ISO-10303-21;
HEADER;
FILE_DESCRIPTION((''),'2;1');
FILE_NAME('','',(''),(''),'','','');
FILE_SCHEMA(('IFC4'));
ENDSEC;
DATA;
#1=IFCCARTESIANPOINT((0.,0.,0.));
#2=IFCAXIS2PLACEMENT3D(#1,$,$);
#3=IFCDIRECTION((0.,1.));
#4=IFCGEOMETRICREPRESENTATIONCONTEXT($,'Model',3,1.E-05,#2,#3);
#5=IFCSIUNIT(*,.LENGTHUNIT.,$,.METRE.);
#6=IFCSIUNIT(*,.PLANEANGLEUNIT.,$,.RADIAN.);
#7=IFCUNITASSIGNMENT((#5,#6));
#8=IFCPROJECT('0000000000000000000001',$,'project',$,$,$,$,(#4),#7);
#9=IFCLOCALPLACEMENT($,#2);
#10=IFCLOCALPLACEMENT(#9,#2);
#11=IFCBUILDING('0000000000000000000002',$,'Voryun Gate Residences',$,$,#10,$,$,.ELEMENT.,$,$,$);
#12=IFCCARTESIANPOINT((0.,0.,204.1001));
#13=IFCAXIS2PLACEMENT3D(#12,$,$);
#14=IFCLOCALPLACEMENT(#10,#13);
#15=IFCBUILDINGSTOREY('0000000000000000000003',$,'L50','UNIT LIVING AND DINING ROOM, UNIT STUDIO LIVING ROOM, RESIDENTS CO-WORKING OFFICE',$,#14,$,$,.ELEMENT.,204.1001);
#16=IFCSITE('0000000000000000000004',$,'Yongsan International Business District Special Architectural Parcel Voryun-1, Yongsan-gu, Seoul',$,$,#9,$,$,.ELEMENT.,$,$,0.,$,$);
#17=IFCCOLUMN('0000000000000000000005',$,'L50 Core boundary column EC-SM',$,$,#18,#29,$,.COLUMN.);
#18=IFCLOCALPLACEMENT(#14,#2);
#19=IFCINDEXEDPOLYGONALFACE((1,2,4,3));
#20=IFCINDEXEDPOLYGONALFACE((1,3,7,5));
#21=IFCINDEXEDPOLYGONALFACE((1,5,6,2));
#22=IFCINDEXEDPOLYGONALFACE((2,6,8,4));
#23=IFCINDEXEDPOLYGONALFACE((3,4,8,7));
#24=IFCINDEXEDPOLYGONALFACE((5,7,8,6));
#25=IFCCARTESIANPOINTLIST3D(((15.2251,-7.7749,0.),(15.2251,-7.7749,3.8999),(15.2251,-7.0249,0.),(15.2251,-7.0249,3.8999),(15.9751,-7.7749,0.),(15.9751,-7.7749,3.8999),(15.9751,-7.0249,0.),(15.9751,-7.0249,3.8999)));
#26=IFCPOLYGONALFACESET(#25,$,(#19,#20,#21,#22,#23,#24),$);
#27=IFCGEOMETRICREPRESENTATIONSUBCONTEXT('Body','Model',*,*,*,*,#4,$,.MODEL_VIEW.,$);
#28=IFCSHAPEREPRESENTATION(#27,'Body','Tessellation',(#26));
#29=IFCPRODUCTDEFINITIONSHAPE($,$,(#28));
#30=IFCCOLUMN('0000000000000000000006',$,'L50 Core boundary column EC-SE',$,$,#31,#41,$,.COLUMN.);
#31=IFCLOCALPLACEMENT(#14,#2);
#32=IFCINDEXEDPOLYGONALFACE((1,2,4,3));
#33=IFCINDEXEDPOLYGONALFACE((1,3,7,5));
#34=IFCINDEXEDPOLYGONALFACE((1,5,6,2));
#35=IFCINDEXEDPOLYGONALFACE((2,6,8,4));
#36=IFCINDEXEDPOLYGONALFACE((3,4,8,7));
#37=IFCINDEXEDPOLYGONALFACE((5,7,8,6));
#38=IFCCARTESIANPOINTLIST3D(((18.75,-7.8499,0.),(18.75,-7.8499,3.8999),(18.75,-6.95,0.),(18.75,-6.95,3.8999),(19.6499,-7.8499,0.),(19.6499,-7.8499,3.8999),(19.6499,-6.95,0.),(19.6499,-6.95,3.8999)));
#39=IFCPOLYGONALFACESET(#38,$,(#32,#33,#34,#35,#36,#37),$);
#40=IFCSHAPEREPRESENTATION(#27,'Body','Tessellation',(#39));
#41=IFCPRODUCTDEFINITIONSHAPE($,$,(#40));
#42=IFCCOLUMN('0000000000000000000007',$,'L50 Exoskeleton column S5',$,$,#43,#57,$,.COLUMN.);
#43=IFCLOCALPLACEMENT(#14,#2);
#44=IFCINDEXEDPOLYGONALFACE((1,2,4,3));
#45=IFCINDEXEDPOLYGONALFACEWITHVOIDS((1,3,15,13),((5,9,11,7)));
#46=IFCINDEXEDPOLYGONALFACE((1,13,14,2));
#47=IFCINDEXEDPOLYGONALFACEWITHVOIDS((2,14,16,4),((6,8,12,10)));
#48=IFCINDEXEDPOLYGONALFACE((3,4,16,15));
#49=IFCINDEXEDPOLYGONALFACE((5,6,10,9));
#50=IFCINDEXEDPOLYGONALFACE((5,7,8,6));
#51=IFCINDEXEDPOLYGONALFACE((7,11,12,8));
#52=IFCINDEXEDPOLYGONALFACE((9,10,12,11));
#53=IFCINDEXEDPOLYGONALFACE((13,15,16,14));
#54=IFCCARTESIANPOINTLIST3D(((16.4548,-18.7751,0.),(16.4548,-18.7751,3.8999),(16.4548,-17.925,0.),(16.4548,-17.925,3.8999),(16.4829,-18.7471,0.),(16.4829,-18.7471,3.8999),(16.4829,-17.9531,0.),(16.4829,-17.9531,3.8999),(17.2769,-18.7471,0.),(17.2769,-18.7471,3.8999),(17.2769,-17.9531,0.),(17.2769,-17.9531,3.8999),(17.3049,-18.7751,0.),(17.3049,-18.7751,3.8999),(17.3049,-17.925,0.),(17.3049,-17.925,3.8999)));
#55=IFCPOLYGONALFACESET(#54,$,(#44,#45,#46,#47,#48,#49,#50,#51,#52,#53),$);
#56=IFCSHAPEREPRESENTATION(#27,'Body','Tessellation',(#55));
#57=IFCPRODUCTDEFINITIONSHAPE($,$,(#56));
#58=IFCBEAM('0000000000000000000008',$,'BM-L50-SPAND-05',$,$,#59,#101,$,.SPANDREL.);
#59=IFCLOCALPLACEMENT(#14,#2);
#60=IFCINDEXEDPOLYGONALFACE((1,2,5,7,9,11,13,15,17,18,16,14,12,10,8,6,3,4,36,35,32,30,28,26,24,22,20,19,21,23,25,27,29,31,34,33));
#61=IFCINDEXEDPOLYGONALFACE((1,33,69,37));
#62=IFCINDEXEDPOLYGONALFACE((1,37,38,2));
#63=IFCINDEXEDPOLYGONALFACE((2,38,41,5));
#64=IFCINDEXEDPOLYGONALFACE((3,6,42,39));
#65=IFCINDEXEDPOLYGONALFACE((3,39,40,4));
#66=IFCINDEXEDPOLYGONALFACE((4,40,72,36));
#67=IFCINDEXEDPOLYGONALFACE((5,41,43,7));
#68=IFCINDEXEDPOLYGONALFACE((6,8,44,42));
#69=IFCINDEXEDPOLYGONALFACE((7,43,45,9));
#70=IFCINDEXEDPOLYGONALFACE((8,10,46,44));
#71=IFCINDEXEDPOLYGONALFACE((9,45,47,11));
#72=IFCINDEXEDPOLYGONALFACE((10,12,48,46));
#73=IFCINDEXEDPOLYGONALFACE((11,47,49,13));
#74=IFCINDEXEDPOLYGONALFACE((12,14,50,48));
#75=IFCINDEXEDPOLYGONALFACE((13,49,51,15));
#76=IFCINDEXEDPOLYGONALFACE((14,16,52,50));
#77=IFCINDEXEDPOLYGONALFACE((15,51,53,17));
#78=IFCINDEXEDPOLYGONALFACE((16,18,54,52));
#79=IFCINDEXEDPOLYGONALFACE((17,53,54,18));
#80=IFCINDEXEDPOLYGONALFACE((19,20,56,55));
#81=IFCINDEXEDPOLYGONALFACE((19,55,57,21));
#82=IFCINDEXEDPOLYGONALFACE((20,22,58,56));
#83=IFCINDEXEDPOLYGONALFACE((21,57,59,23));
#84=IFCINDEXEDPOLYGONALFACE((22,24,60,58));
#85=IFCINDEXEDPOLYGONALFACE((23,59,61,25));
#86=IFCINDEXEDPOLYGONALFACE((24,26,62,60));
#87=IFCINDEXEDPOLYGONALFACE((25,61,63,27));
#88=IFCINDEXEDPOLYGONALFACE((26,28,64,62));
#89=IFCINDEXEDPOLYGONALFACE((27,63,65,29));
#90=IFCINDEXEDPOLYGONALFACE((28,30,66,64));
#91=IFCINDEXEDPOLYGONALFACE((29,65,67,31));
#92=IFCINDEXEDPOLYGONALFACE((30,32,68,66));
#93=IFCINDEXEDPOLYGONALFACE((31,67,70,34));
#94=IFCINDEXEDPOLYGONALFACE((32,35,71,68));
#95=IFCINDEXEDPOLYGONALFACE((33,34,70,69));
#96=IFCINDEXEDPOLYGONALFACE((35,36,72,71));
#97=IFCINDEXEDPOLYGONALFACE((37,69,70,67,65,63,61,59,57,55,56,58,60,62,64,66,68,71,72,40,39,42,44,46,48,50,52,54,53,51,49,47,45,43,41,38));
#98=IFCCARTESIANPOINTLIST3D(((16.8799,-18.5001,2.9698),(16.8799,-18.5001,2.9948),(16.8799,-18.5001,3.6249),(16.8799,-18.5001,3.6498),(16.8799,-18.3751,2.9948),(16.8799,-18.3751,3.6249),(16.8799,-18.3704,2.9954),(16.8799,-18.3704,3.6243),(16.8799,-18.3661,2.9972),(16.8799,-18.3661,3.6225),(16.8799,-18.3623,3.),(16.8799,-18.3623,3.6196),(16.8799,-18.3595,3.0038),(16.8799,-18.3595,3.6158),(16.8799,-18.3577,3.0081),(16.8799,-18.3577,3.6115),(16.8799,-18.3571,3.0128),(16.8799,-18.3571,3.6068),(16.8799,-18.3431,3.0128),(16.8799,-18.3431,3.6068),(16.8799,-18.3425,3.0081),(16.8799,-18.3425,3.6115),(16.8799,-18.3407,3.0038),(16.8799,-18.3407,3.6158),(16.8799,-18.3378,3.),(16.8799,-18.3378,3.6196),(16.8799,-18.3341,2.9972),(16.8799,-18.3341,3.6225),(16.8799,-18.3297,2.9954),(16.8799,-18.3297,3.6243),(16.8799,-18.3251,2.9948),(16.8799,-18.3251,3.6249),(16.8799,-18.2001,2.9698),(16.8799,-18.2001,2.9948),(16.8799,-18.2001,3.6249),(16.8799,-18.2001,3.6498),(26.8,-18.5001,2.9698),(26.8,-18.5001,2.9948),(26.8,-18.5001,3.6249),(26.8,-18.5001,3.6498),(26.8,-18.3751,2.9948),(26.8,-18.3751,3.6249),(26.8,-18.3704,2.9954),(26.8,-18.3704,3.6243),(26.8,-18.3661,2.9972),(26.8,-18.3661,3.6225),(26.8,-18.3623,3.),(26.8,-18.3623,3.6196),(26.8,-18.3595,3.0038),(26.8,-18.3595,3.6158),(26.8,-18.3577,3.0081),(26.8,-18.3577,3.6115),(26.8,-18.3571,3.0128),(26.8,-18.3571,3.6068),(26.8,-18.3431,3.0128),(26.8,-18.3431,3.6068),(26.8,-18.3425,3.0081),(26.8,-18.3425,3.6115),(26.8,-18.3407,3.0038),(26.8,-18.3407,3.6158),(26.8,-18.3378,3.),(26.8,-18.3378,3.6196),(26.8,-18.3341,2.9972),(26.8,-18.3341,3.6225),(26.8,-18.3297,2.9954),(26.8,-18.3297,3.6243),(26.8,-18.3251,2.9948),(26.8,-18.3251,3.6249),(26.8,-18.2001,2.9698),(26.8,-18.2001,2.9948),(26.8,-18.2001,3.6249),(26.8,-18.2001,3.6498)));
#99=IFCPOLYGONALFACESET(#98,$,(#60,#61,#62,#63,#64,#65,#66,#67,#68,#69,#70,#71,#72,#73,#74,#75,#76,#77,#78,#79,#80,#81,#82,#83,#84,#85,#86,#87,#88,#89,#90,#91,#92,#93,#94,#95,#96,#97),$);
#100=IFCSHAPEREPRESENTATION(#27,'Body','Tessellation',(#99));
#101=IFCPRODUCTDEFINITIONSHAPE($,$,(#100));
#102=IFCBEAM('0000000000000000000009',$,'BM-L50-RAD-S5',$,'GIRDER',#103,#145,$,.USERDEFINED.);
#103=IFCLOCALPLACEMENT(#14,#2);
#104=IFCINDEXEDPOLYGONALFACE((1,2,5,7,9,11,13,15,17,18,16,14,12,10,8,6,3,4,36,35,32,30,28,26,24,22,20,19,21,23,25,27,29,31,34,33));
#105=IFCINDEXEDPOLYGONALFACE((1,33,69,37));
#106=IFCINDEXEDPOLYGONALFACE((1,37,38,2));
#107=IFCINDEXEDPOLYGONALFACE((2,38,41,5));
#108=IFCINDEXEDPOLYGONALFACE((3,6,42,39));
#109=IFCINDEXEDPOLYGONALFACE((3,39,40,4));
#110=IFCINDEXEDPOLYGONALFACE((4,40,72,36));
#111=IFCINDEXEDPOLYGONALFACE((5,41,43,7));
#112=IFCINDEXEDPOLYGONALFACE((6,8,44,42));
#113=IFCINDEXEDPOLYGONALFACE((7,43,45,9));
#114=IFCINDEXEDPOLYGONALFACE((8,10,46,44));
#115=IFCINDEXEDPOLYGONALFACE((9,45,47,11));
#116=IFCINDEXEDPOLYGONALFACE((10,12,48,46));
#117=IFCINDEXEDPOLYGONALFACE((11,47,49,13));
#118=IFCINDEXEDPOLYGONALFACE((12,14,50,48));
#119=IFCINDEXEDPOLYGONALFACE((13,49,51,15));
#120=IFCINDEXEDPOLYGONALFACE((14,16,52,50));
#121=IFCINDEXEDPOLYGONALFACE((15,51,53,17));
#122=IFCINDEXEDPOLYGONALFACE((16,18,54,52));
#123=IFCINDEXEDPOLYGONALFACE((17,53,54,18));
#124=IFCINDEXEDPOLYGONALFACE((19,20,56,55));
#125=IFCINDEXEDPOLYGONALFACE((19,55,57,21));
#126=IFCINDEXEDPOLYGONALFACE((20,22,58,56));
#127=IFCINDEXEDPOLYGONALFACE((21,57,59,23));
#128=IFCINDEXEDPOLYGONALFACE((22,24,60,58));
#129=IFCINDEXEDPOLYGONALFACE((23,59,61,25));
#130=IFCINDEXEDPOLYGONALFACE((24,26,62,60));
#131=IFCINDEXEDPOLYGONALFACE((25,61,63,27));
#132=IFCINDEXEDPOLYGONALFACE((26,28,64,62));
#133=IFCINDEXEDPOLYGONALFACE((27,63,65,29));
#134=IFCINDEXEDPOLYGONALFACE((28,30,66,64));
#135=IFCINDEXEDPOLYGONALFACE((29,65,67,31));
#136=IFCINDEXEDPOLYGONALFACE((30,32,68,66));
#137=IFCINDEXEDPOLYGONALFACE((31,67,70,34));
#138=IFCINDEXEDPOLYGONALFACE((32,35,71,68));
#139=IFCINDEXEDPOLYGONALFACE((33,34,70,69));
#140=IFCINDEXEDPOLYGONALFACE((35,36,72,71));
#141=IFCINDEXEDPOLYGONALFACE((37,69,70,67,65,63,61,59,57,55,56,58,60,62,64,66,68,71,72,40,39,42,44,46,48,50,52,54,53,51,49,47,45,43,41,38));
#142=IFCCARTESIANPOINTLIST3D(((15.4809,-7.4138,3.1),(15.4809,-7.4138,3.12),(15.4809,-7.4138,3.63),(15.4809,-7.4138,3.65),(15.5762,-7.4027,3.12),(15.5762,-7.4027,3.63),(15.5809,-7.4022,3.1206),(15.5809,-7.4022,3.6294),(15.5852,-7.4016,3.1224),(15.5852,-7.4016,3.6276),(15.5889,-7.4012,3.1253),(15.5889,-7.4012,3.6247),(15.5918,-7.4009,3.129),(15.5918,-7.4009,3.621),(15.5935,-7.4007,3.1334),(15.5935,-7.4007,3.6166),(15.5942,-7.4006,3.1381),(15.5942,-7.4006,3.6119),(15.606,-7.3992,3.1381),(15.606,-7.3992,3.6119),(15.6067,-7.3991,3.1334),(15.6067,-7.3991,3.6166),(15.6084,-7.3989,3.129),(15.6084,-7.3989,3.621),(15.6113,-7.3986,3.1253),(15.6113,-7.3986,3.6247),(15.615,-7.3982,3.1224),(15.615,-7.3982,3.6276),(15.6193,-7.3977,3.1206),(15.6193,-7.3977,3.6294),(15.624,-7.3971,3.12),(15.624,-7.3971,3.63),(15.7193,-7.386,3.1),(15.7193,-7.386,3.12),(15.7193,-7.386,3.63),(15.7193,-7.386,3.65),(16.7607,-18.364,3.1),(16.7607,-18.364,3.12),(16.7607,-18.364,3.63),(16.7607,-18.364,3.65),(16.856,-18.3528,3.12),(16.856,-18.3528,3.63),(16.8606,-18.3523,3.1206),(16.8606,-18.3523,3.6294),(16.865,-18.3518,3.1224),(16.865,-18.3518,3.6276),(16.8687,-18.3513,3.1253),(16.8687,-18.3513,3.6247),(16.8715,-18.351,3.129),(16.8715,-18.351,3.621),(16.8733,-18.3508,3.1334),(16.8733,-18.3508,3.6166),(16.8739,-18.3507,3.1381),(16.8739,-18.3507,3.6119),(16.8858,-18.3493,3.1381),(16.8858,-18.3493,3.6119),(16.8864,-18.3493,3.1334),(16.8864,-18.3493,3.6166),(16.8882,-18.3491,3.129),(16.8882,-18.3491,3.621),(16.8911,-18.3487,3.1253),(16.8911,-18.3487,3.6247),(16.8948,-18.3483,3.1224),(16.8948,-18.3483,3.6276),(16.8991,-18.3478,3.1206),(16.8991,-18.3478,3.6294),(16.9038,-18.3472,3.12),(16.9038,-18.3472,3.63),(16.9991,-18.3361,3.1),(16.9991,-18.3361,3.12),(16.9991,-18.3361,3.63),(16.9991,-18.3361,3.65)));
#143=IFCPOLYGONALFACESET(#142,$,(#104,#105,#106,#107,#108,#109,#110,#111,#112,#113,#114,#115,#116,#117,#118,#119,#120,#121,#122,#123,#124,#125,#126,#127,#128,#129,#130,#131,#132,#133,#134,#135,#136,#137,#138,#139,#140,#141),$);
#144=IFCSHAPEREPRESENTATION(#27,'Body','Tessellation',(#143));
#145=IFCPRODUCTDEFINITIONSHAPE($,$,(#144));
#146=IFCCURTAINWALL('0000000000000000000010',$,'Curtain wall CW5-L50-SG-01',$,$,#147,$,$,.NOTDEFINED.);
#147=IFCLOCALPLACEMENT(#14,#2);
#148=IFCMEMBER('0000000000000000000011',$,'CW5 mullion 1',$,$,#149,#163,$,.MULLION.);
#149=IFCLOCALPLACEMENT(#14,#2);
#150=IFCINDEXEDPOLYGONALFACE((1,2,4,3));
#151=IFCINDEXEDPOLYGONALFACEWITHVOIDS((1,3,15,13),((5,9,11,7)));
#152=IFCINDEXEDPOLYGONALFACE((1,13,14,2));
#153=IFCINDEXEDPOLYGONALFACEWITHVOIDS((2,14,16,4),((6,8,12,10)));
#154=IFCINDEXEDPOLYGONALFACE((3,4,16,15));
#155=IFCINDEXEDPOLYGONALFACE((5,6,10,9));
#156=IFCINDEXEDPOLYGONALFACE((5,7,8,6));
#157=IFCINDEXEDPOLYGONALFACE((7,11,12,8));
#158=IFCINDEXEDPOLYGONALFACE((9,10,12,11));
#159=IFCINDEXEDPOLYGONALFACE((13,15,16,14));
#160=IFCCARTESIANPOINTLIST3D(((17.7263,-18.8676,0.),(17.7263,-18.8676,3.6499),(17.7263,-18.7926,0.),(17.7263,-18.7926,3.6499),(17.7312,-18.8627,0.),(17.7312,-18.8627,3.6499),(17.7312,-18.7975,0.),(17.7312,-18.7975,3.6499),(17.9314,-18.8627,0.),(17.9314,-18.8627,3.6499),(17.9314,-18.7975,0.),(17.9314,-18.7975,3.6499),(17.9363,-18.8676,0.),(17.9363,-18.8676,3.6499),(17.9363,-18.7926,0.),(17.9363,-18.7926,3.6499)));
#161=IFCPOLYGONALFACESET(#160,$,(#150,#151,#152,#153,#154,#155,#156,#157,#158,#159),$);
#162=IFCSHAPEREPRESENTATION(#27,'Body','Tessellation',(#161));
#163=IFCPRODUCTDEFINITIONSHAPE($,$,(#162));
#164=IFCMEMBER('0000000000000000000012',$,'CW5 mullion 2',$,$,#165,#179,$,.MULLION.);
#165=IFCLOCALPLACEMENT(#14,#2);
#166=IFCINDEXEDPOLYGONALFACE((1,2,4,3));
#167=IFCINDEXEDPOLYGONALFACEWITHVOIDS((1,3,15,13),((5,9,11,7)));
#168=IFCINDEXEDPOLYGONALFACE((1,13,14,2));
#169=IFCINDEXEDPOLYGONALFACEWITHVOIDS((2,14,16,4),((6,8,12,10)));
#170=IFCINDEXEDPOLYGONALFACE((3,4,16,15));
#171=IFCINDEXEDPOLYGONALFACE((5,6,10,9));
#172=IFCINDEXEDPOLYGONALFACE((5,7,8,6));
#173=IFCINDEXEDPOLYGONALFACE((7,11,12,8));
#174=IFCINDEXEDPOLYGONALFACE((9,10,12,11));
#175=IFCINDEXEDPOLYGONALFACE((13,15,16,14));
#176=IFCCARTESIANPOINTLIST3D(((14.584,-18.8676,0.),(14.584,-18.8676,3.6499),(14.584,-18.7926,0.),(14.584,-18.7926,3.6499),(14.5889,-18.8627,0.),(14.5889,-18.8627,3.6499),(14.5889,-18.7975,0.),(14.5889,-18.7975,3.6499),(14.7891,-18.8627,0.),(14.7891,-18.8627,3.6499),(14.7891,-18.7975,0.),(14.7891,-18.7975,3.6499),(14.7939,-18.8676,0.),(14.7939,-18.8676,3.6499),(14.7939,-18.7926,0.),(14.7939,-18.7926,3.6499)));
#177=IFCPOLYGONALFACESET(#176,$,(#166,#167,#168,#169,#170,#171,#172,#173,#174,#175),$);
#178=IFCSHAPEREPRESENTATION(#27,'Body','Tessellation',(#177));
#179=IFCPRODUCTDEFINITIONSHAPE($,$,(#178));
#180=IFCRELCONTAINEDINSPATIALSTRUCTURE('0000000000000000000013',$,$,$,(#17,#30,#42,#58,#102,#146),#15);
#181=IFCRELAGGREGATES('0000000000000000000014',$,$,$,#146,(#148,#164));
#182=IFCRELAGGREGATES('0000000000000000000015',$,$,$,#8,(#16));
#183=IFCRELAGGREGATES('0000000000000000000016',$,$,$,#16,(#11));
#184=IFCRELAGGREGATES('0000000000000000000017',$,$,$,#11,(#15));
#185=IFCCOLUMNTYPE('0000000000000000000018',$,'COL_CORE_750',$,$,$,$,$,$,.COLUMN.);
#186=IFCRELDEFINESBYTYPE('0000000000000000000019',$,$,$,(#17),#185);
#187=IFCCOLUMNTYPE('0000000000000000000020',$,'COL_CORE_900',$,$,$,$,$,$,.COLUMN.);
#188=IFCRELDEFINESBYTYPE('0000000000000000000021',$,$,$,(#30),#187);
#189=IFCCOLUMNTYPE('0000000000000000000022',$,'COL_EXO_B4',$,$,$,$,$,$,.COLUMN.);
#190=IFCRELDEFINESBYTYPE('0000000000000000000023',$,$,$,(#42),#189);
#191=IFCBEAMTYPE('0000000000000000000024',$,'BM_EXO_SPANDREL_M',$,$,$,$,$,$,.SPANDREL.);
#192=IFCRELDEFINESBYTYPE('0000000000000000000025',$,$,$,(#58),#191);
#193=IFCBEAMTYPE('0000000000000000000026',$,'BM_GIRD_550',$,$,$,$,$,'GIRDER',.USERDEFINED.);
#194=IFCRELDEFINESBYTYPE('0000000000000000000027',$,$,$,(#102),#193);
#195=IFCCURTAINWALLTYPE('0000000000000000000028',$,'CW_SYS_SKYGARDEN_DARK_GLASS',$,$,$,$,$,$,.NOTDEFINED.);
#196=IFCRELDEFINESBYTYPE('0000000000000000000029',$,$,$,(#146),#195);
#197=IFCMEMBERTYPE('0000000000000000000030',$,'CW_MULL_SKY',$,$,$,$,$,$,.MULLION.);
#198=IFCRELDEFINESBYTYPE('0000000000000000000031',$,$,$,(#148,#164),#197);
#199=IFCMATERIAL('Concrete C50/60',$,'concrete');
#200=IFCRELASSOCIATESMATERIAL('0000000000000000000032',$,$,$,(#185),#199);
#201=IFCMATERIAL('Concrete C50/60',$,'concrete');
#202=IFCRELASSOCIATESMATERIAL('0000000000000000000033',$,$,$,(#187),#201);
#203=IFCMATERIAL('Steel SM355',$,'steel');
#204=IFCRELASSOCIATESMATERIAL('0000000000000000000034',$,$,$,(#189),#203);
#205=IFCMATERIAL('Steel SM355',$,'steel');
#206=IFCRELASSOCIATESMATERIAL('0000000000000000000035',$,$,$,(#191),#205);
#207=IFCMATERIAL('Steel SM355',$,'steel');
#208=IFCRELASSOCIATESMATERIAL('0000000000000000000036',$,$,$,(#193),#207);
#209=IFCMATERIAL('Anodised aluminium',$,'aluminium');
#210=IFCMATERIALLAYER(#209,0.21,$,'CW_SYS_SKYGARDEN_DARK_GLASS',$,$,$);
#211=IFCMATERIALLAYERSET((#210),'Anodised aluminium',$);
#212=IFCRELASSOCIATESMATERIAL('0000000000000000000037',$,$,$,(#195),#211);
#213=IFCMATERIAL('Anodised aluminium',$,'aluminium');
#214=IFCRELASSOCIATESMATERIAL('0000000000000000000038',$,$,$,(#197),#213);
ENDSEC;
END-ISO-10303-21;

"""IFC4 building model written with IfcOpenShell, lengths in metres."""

from ifc_helpers import new_model, si_unit, direction, frame, origin, origin_2d, place, context, subcontext, project, spatial, rectangle, hollow_rectangle, i_section, extrude, material, layer, layer_set, material_profile, profile_set, type_object, element, aggregate, save


model = new_model("IFC4")

# Units and contexts
model_context = context("Model", 3, precision=1e-05, world=origin(), true_north=direction((0.0, 1.0)))
body_context = subcontext(model_context, "Body", "Model", "MODEL_VIEW")
ifc_project = project(units=[si_unit("LENGTHUNIT", "METRE"), si_unit("PLANEANGLEUNIT", "RADIAN")], contexts=[model_context])

# Site, building, storey
site_placement = place(None, origin())
site = spatial("IfcSite", under=ifc_project, at=site_placement, Name="Yongsan International Business District Special Architectural Parcel Voryun-1, Yongsan-gu, Seoul", CompositionType="ELEMENT", RefElevation=0.0)
building_placement = place(site_placement, origin())
building = spatial("IfcBuilding", under=site, at=building_placement, Name="Voryun Gate Residences", CompositionType="ELEMENT")
storey_placement = place(building_placement, frame((0.0, 0.0, 204.1001)))
storey = spatial("IfcBuildingStorey", under=building, at=storey_placement, Name="L50", Description="UNIT LIVING AND DINING ROOM, UNIT STUDIO LIVING ROOM, RESIDENTS CO-WORKING OFFICE", CompositionType="ELEMENT", Elevation=204.1001)

# Columns
ifc_material_1 = material(Name="Concrete C50/60", Category="concrete")
ifc_material_profile_1 = material_profile(ifc_material_1, rectangle(XDim=0.75, YDim=0.75, at=origin_2d()), Name="RC-750x750")
ifc_profile_set_1 = profile_set([ifc_material_profile_1], Name="Concrete C50/60")
column_type_1 = type_object("IfcColumnType", Name="COL_CORE_750", PredefinedType="COLUMN", material=ifc_profile_set_1)
column_1_placement = place(storey_placement, frame((15.6001, -7.3999, 0.0), z_axis=(0.0, 0.0, 1.0), x_axis=(1.0, 0.0, 0.0)))
element("IfcColumn", 1, at=column_1_placement, inside=storey, type_object=column_type_1, Name="L50 Core boundary column EC-SM", PredefinedType="COLUMN", context=body_context, shape_type="SweptSolid", body=[
    extrude(rectangle(XDim=0.75, YDim=0.75, at=origin_2d()), origin(), (0.0, 0.0, 1.0), 3.8999),
])
ifc_material_2 = material(Name="Concrete C50/60", Category="concrete")
ifc_material_profile_2 = material_profile(ifc_material_2, rectangle(XDim=0.8999, YDim=0.8999, at=origin_2d()), Name="RC-900x900")
ifc_profile_set_2 = profile_set([ifc_material_profile_2], Name="Concrete C50/60")
column_type_2 = type_object("IfcColumnType", Name="COL_CORE_900", PredefinedType="COLUMN", material=ifc_profile_set_2)
column_2_placement = place(storey_placement, frame((19.2, -7.3999, 0.0), z_axis=(0.0, 0.0, 1.0), x_axis=(1.0, 0.0, 0.0)))
element("IfcColumn", 2, at=column_2_placement, inside=storey, type_object=column_type_2, Name="L50 Core boundary column EC-SE", PredefinedType="COLUMN", context=body_context, shape_type="SweptSolid", body=[
    extrude(rectangle(XDim=0.8999, YDim=0.8999, at=origin_2d()), origin(), (0.0, 0.0, 1.0), 3.8999),
])
ifc_material_3 = material(Name="Steel SM355", Category="steel")
ifc_material_profile_3 = material_profile(ifc_material_3, hollow_rectangle(XDim=0.8501, YDim=0.8501, WallThickness=0.0281, at=origin_2d()), Name="BOX-850x850x28")
ifc_profile_set_3 = profile_set([ifc_material_profile_3], Name="Steel SM355")
column_type_3 = type_object("IfcColumnType", Name="COL_EXO_B4", PredefinedType="COLUMN", material=ifc_profile_set_3)
column_3_placement = place(storey_placement, frame((16.8799, -18.3501, 0.0), z_axis=(0.0, 0.0, 1.0), x_axis=(1.0, 0.0, 0.0)))
element("IfcColumn", 3, at=column_3_placement, inside=storey, type_object=column_type_3, Name="L50 Exoskeleton column S5", PredefinedType="COLUMN", context=body_context, shape_type="SweptSolid", body=[
    extrude(hollow_rectangle(XDim=0.8501, YDim=0.8501, WallThickness=0.0281, at=origin_2d()), origin(), (0.0, 0.0, 1.0), 3.8999),
])

# Beams
ifc_material_4 = material(Name="Steel SM355", Category="steel")
ifc_material_profile_4 = material_profile(ifc_material_4, i_section(OverallWidth=0.3, OverallDepth=0.6799, WebThickness=0.0139, FlangeThickness=0.0249, FilletRadius=0.0181, at=origin_2d()), Name="H-680x300x14x25")
ifc_profile_set_4 = profile_set([ifc_material_profile_4], Name="Steel SM355")
beam_type_1 = type_object("IfcBeamType", Name="BM_EXO_SPANDREL_M", PredefinedType="SPANDREL", material=ifc_profile_set_4)
beam_1_placement = place(storey_placement, frame((16.8799, -18.3501, 3.3098), z_axis=(1.0, 0.0, 0.0), x_axis=(0.0, 1.0, 0.0)))
element("IfcBeam", 4, at=beam_1_placement, inside=storey, type_object=beam_type_1, Name="BM-L50-SPAND-05", PredefinedType="SPANDREL", context=body_context, shape_type="SweptSolid", body=[
    extrude(i_section(OverallWidth=0.3, OverallDepth=0.6799, WebThickness=0.0139, FlangeThickness=0.0249, FilletRadius=0.0181, at=origin_2d()), origin(), (0.0, 0.0, 1.0), 9.9202),
])
ifc_material_5 = material(Name="Steel SM355", Category="steel")
ifc_material_profile_5 = material_profile(ifc_material_5, i_section(OverallWidth=0.24, OverallDepth=0.55, WebThickness=0.012, FlangeThickness=0.02, FilletRadius=0.0181, at=origin_2d()), Name="H-550x240x12x20")
ifc_profile_set_5 = profile_set([ifc_material_profile_5], Name="Steel SM355")
beam_type_2 = type_object("IfcBeamType", Name="BM_GIRD_550", ElementType="GIRDER", PredefinedType="USERDEFINED", material=ifc_profile_set_5)
beam_2_placement = place(storey_placement, frame((15.6001, -7.3999, 3.375), z_axis=(0.116083, -0.993239, 0.0), x_axis=(0.993239, 0.116083, 0.0)))
element("IfcBeam", 5, at=beam_2_placement, inside=storey, type_object=beam_type_2, Name="BM-L50-RAD-S5", ObjectType="GIRDER", PredefinedType="USERDEFINED", context=body_context, shape_type="SweptSolid", body=[
    extrude(i_section(OverallWidth=0.24, OverallDepth=0.55, WebThickness=0.012, FlangeThickness=0.02, FilletRadius=0.0181, at=origin_2d()), origin(), (0.0, 0.0, 1.0), 11.0247),
])

# Curtain wall, members
ifc_material_6 = material(Name="Anodised aluminium", Category="aluminium")
ifc_layer_1 = layer(ifc_material_6, 0.21, Name="CW_SYS_SKYGARDEN_DARK_GLASS")
ifc_layer_set_1 = layer_set([ifc_layer_1], Name="Anodised aluminium")
curtain_wall_type = type_object("IfcCurtainWallType", Name="CW_SYS_SKYGARDEN_DARK_GLASS", PredefinedType="NOTDEFINED", material=ifc_layer_set_1)
curtain_wall_placement = place(storey_placement, origin())
curtain_wall = element("IfcCurtainWall", 6, at=curtain_wall_placement, inside=storey, type_object=curtain_wall_type, Name="Curtain wall CW5-L50-SG-01", PredefinedType="NOTDEFINED")
ifc_material_7 = material(Name="Anodised aluminium", Category="aluminium")
ifc_material_profile_6 = material_profile(ifc_material_7, hollow_rectangle(XDim=0.075, YDim=0.21, WallThickness=0.0049, at=origin_2d()), Name="ALU-MULL-210x75x5")
ifc_profile_set_6 = profile_set([ifc_material_profile_6], Name="Anodised aluminium")
member_type_1 = type_object("IfcMemberType", Name="CW_MULL_SKY", PredefinedType="MULLION", material=ifc_profile_set_6)
member_1_placement = place(storey_placement, frame((17.8313, -18.8301, 0.0), z_axis=(0.0, 0.0, 1.0), x_axis=(0.0, -1.0, 0.0)))
member_1 = element("IfcMember", 7, at=member_1_placement, type_object=member_type_1, Name="CW5 mullion 1", PredefinedType="MULLION", context=body_context, shape_type="SweptSolid", body=[
    extrude(hollow_rectangle(XDim=0.075, YDim=0.21, WallThickness=0.0049, at=origin_2d()), origin(), (0.0, 0.0, 1.0), 3.6499),
])
member_2_placement = place(storey_placement, frame((14.689, -18.8301, 0.0), z_axis=(0.0, 0.0, 1.0), x_axis=(0.0, -1.0, 0.0)))
member_2 = element("IfcMember", 8, at=member_2_placement, type_object=member_type_1, Name="CW5 mullion 2", PredefinedType="MULLION", context=body_context, shape_type="SweptSolid", body=[
    extrude(hollow_rectangle(XDim=0.075, YDim=0.21, WallThickness=0.0049, at=origin_2d()), origin(), (0.0, 0.0, 1.0), 3.6499),
])
aggregate(curtain_wall, [member_1, member_2])

save(model, "model.ifc")
